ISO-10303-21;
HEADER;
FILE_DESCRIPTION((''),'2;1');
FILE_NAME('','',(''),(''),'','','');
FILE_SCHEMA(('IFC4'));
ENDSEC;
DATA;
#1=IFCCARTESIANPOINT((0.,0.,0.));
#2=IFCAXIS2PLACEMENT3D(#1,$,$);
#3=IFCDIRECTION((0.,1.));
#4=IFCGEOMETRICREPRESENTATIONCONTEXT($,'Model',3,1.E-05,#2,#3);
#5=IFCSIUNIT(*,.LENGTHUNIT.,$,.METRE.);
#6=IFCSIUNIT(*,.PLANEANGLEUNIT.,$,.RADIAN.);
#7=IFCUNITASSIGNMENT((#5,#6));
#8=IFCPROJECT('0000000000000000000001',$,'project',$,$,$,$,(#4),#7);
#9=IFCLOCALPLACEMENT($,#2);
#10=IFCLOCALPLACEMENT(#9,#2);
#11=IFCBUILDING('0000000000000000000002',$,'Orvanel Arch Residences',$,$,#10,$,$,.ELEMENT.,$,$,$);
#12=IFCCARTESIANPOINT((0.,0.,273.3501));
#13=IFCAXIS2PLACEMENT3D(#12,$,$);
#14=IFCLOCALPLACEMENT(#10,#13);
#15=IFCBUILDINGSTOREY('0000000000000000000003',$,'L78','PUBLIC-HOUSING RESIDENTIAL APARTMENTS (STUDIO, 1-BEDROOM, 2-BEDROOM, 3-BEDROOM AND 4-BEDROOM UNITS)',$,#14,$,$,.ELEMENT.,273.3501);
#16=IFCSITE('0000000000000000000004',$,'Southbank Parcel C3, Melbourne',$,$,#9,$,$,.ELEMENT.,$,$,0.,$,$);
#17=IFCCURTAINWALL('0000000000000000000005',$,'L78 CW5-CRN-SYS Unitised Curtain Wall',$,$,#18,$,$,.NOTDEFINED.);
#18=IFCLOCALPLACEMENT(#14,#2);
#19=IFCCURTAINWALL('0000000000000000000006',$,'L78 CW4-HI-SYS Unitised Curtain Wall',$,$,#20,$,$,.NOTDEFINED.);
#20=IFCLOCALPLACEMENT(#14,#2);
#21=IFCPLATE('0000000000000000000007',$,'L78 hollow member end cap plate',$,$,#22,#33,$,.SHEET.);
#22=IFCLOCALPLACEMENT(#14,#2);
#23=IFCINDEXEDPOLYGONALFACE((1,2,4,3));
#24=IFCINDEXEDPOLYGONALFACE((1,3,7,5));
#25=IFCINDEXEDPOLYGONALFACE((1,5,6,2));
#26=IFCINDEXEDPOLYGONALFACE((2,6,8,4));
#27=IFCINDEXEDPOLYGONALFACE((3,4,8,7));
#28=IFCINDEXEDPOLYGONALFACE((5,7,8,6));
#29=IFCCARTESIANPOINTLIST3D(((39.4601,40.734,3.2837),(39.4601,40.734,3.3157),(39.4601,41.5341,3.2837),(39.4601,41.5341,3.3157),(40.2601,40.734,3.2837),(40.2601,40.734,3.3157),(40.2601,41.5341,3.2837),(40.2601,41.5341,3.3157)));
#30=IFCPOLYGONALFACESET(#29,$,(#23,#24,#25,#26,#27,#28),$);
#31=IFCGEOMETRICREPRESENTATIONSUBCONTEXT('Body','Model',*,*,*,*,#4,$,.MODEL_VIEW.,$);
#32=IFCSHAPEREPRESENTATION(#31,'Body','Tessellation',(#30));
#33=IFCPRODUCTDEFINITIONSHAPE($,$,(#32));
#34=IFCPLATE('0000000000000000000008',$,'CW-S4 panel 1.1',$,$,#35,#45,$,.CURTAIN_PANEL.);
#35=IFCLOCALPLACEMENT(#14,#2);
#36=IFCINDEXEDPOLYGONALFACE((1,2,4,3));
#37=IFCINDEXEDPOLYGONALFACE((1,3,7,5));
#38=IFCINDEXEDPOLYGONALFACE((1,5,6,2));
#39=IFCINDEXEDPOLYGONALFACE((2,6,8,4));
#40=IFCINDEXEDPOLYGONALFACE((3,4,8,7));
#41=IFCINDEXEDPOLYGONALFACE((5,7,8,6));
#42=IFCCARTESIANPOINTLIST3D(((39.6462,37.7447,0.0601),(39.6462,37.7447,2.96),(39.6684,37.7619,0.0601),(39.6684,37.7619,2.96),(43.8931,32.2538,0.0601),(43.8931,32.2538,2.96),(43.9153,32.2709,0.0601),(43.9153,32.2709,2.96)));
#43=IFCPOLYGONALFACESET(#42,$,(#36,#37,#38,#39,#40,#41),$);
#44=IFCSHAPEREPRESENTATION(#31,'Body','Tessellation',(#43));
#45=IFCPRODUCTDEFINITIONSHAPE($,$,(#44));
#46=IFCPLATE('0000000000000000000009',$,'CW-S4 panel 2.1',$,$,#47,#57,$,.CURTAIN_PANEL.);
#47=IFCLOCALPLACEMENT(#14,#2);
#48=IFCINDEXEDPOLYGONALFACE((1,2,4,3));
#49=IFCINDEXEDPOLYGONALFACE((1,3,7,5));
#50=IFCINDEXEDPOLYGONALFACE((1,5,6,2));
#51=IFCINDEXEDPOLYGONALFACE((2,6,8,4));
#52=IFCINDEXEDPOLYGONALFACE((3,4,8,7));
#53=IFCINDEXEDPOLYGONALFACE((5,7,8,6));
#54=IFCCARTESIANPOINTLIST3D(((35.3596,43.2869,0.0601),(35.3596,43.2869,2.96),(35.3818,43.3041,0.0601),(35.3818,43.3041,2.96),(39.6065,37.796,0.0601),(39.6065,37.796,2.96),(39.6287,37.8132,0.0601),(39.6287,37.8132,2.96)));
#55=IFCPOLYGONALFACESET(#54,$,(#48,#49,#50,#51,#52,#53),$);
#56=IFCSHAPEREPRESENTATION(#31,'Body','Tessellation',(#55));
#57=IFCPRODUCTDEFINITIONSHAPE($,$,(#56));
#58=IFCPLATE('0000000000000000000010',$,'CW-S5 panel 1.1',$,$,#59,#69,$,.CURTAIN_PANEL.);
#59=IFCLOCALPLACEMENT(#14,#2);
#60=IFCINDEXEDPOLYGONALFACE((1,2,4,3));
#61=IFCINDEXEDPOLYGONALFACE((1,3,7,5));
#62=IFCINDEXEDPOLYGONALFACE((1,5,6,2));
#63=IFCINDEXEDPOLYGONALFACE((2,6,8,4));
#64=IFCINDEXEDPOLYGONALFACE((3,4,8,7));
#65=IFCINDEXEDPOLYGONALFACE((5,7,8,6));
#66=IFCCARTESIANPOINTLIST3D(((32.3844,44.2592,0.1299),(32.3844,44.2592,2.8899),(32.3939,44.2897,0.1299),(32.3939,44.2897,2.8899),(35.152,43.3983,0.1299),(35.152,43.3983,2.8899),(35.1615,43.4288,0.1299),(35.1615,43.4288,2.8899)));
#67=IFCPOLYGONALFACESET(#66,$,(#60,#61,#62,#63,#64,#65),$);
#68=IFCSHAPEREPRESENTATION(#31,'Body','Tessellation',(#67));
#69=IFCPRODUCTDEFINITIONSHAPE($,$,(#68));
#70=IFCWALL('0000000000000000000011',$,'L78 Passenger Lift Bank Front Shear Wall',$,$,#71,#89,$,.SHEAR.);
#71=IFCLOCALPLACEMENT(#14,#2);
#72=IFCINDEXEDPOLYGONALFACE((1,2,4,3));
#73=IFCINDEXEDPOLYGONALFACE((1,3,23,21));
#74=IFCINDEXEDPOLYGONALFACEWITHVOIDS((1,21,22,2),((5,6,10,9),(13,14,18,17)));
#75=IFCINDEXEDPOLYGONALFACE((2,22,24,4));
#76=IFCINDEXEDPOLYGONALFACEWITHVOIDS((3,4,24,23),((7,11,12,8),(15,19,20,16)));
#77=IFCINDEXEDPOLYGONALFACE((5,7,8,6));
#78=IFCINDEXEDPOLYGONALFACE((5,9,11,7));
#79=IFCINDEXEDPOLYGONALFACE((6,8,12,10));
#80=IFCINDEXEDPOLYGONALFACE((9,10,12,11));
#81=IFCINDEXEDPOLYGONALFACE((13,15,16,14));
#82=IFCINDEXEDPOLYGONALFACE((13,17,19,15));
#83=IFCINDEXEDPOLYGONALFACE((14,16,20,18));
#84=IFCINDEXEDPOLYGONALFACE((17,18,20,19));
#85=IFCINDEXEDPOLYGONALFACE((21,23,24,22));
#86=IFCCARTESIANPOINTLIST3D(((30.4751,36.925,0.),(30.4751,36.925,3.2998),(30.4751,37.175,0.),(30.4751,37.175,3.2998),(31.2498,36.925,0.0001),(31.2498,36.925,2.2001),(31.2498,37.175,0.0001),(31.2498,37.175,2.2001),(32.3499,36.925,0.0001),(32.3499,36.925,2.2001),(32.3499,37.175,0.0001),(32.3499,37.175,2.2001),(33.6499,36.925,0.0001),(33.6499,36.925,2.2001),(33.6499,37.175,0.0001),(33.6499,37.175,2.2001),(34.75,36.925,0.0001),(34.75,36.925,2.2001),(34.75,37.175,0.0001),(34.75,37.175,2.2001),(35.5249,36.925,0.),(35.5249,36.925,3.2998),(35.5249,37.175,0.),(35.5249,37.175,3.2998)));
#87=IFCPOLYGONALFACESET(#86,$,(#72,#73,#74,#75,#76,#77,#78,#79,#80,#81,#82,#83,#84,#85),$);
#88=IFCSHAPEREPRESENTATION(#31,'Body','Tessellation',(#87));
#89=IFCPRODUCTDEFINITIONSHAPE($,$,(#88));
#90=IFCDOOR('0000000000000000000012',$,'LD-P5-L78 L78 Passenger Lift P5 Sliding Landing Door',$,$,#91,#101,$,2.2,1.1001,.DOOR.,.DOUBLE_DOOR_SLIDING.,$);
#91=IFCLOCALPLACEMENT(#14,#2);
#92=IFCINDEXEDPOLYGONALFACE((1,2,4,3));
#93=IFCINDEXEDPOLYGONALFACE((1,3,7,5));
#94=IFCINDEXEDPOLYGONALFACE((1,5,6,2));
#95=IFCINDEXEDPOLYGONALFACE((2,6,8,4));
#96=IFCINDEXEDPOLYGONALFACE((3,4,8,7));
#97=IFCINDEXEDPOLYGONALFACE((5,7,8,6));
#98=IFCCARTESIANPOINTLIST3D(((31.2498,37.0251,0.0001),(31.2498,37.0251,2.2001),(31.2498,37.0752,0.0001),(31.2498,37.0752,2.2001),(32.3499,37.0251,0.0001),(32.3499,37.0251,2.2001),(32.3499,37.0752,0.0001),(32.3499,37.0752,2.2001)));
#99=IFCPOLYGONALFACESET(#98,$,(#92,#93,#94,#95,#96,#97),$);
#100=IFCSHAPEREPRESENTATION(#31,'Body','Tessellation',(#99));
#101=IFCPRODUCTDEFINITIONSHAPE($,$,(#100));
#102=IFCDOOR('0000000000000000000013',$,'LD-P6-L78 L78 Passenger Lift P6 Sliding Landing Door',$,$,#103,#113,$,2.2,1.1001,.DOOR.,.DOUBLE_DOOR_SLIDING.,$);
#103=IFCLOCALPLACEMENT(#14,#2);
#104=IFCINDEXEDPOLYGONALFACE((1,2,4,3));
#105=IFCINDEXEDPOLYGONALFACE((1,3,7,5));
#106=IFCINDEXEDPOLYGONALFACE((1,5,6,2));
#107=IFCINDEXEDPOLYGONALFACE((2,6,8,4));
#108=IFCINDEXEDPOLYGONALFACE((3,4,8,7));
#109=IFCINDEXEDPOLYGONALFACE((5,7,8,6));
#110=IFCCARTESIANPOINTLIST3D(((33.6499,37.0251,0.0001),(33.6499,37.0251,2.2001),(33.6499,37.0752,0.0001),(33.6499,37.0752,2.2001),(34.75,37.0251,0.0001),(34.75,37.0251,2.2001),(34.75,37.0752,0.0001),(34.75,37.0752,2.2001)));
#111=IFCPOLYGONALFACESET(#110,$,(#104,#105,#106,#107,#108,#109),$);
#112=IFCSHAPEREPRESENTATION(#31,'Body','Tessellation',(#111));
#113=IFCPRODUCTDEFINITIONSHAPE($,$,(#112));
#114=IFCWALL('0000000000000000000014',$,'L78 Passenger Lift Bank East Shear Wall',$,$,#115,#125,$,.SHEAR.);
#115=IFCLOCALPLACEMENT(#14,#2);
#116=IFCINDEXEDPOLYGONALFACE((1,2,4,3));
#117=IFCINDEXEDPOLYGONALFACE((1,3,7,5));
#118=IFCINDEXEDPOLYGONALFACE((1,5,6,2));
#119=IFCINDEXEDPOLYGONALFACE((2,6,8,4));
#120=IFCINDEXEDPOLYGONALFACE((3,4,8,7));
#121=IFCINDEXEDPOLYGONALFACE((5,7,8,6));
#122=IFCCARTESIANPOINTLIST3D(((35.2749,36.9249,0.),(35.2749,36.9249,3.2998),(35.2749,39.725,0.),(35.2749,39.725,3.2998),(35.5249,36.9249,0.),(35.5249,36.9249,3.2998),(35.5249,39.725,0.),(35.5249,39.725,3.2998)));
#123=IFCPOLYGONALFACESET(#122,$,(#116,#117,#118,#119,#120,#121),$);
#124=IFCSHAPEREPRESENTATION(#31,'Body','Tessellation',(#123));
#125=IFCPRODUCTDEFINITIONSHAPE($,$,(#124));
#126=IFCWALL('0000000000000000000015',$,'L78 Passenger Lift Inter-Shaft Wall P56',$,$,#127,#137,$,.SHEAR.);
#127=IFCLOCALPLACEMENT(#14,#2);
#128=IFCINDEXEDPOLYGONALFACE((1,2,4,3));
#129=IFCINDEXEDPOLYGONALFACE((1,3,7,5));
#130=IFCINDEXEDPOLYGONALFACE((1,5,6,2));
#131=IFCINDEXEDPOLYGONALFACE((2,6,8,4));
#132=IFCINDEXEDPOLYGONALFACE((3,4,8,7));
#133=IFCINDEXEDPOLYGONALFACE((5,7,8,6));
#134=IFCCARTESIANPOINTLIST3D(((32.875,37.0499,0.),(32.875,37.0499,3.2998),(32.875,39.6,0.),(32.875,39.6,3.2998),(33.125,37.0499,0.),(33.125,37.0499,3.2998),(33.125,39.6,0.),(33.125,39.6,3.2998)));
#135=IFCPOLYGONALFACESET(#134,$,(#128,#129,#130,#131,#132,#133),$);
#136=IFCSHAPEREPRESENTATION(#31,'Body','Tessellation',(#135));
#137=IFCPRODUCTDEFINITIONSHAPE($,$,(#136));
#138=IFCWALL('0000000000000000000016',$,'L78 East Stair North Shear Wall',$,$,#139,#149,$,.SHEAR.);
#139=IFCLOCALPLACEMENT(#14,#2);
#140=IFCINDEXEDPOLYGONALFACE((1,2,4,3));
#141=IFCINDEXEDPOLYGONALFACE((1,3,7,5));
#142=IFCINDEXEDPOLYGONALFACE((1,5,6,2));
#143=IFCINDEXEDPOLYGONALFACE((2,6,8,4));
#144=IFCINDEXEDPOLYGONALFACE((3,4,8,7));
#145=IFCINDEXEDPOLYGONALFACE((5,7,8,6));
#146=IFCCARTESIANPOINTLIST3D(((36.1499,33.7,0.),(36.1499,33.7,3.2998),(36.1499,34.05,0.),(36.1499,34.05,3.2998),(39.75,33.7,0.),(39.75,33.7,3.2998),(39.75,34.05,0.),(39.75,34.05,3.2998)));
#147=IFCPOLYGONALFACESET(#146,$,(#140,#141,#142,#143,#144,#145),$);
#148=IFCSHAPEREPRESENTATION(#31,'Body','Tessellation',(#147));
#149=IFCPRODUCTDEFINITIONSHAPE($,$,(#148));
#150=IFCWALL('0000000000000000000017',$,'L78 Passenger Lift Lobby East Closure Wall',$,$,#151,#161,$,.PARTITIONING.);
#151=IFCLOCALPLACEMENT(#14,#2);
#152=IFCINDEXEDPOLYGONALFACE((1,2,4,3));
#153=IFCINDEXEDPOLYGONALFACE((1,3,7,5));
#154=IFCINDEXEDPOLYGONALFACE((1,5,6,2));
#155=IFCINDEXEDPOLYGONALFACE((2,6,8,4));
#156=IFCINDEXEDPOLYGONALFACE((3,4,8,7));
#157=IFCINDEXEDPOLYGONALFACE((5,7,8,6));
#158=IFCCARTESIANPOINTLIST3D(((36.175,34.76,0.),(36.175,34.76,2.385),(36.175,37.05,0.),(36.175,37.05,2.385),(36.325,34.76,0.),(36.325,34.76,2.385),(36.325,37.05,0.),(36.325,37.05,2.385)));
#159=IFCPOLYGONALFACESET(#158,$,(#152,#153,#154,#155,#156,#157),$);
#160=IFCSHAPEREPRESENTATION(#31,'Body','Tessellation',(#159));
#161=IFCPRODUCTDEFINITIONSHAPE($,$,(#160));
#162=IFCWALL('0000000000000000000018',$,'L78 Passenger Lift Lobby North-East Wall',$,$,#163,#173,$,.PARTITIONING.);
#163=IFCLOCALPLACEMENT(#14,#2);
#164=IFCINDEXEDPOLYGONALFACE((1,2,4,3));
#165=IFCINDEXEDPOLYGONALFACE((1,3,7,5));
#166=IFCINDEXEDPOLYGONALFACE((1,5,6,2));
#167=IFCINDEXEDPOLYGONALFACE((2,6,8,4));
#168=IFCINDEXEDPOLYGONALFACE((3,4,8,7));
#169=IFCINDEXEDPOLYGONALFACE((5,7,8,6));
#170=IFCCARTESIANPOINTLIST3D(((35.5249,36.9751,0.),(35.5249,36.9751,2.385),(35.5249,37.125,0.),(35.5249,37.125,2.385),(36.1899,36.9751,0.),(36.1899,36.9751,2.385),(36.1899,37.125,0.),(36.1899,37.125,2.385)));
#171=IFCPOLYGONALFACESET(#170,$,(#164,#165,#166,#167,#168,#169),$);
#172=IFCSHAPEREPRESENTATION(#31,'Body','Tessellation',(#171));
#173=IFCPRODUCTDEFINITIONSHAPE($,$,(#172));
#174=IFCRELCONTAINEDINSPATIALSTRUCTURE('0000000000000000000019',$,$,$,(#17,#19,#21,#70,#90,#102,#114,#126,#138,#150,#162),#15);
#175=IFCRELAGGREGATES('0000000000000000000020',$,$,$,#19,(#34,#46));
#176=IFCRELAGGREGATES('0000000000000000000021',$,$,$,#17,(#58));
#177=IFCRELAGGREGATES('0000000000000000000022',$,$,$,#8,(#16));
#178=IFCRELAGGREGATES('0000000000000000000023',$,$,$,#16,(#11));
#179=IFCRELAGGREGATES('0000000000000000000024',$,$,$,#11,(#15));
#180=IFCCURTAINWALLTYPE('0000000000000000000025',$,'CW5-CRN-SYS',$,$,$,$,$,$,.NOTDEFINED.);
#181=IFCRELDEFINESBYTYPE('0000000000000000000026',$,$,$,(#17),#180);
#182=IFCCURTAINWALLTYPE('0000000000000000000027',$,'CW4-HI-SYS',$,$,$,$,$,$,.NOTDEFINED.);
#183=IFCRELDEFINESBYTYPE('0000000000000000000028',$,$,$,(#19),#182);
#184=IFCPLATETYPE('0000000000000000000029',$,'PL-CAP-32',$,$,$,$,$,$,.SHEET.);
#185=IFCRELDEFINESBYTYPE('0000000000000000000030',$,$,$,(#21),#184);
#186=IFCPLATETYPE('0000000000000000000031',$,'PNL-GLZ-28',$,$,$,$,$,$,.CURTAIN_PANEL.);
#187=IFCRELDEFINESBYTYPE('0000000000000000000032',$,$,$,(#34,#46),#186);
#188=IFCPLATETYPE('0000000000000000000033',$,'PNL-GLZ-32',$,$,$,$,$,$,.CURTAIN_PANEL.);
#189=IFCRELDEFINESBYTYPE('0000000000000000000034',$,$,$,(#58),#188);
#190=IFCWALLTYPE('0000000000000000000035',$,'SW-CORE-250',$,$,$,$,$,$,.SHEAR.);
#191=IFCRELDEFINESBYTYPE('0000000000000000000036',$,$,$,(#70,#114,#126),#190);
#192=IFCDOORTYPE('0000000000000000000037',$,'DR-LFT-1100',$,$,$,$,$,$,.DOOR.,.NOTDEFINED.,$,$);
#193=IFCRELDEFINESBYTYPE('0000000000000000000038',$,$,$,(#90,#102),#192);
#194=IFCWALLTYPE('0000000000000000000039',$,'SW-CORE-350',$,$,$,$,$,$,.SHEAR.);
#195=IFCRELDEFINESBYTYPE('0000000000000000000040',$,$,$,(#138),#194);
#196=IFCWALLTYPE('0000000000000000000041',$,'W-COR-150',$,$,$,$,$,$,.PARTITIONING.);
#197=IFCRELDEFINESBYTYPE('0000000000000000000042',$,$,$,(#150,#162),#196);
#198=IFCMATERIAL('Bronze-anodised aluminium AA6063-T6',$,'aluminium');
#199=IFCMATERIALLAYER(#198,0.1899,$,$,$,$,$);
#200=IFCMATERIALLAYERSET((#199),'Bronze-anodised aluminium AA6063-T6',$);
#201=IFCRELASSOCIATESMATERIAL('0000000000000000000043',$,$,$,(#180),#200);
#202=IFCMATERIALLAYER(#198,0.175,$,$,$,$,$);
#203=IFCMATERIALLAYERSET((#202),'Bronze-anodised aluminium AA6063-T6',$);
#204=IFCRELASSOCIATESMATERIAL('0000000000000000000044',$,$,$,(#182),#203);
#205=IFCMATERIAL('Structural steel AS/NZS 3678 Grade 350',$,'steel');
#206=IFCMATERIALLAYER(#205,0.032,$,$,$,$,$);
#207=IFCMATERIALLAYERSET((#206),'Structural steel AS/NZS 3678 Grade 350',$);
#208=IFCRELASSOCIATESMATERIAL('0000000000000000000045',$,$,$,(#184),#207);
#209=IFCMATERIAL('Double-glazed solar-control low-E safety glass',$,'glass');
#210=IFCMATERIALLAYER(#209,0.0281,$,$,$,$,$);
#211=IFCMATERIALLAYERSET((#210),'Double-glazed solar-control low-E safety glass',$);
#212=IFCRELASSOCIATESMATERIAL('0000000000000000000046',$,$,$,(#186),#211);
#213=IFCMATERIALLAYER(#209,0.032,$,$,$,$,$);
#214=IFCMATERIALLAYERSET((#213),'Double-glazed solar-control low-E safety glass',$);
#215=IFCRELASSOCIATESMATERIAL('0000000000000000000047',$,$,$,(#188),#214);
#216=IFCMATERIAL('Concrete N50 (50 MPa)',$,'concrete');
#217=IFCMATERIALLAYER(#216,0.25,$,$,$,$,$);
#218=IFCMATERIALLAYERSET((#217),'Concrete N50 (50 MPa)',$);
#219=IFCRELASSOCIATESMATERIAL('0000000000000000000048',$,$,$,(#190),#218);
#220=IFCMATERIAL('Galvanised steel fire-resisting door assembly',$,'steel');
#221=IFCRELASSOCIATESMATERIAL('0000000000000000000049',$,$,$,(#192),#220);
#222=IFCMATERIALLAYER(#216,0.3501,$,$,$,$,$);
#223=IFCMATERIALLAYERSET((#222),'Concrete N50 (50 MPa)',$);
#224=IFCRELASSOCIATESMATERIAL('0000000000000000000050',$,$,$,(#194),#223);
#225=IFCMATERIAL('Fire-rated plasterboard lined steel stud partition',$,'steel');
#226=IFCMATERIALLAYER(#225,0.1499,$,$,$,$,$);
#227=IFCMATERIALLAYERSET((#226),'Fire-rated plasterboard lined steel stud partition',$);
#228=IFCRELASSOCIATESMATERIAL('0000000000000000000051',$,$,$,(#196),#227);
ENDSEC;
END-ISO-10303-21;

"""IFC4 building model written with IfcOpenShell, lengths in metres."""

from ifc_helpers import new_model, si_unit, direction, frame, frame_2d, origin, origin_2d, place, context, subcontext, project, spatial, rectangle, extrude, material, layer, layer_set, type_object, element, fill, aggregate, save


model = new_model("IFC4")

# Units and contexts
model_context = context("Model", 3, precision=1e-05, world=origin(), true_north=direction((0.0, 1.0)))
body_context = subcontext(model_context, "Body", "Model", "MODEL_VIEW")
ifc_project = project(units=[si_unit("LENGTHUNIT", "METRE"), si_unit("PLANEANGLEUNIT", "RADIAN")], contexts=[model_context])

# Site, building, storey
site_placement = place(None, origin())
site = spatial("IfcSite", under=ifc_project, at=site_placement, Name="Southbank Parcel C3, Melbourne", CompositionType="ELEMENT", RefElevation=0.0)
building_placement = place(site_placement, origin())
building = spatial("IfcBuilding", under=site, at=building_placement, Name="Orvanel Arch Residences", CompositionType="ELEMENT")
storey_placement = place(building_placement, frame((0.0, 0.0, 273.3501)))
storey = spatial("IfcBuildingStorey", under=building, at=storey_placement, Name="L78", Description="PUBLIC-HOUSING RESIDENTIAL APARTMENTS (STUDIO, 1-BEDROOM, 2-BEDROOM, 3-BEDROOM AND 4-BEDROOM UNITS)", CompositionType="ELEMENT", Elevation=273.3501)

# Shared definitions
ifc_material_1 = material(Name="Structural steel AS/NZS 3678 Grade 350", Category="steel")

# Curtain walls
ifc_material_2 = material(Name="Bronze-anodised aluminium AA6063-T6", Category="aluminium")
ifc_layer_1 = layer(ifc_material_2, 0.1899)
ifc_layer_set_1 = layer_set([ifc_layer_1], Name="Bronze-anodised aluminium AA6063-T6")
curtain_wall_type_1 = type_object("IfcCurtainWallType", Name="CW5-CRN-SYS", PredefinedType="NOTDEFINED", material=ifc_layer_set_1)
curtain_wall_1_placement = place(storey_placement, origin())
curtain_wall_1 = element("IfcCurtainWall", 1, at=curtain_wall_1_placement, inside=storey, type_object=curtain_wall_type_1, Name="L78 CW5-CRN-SYS Unitised Curtain Wall", PredefinedType="NOTDEFINED")
ifc_layer_2 = layer(ifc_material_2, 0.175)
ifc_layer_set_2 = layer_set([ifc_layer_2], Name="Bronze-anodised aluminium AA6063-T6")
curtain_wall_type_2 = type_object("IfcCurtainWallType", Name="CW4-HI-SYS", PredefinedType="NOTDEFINED", material=ifc_layer_set_2)
curtain_wall_2_placement = place(storey_placement, origin())
curtain_wall_2 = element("IfcCurtainWall", 2, at=curtain_wall_2_placement, inside=storey, type_object=curtain_wall_type_2, Name="L78 CW4-HI-SYS Unitised Curtain Wall", PredefinedType="NOTDEFINED")

# Plate
ifc_layer_3 = layer(ifc_material_1, 0.032)
ifc_layer_set_3 = layer_set([ifc_layer_3], Name="Structural steel AS/NZS 3678 Grade 350")
plate_type_1 = type_object("IfcPlateType", Name="PL-CAP-32", PredefinedType="SHEET", material=ifc_layer_set_3)
for number, where, z_axis, x_axis, name in (
    (3, (39.8601, 41.134, 3.2837), (0.0, 0.0, 1.0), (1.0, 0.0, 0.0), "L78 hollow member end cap plate"),
):
    element("IfcPlate", number, at=place(storey_placement, frame(where, z_axis=z_axis, x_axis=x_axis)), inside=storey, type_object=plate_type_1, Name=name, PredefinedType="SHEET", context=body_context, shape_type="SweptSolid", body=[
        extrude(rectangle(XDim=0.8, YDim=0.8, at=origin_2d()), origin(), (0.0, 0.0, 1.0), 0.032),
    ])

# Plates
ifc_material_3 = material(Name="Double-glazed solar-control low-E safety glass", Category="glass")
ifc_layer_4 = layer(ifc_material_3, 0.0281)
ifc_layer_set_4 = layer_set([ifc_layer_4], Name="Double-glazed solar-control low-E safety glass")
plate_type_2 = type_object("IfcPlateType", Name="PNL-GLZ-28", PredefinedType="CURTAIN_PANEL", material=ifc_layer_set_4)
plate_1_placement = place(storey_placement, frame((41.7808, 35.0078, 0.0601), z_axis=(0.0, 0.0, 1.0), x_axis=(-0.611799, 0.791013, 0.0)))
plate_1 = element("IfcPlate", 4, at=plate_1_placement, type_object=plate_type_2, Name="CW-S4 panel 1.1", PredefinedType="CURTAIN_PANEL", context=body_context, shape_type="SweptSolid", body=[
    extrude(rectangle(XDim=6.9417, YDim=0.0281, at=origin_2d()), origin(), (0.0, 0.0, 1.0), 2.8999),
])
plate_2_placement = place(storey_placement, frame((37.4941, 40.55, 0.0601), z_axis=(0.0, 0.0, 1.0), x_axis=(-0.611799, 0.791013, 0.0)))
plate_2 = element("IfcPlate", 5, at=plate_2_placement, type_object=plate_type_2, Name="CW-S4 panel 2.1", PredefinedType="CURTAIN_PANEL", context=body_context, shape_type="SweptSolid", body=[
    extrude(rectangle(XDim=6.9417, YDim=0.0281, at=origin_2d()), origin(), (0.0, 0.0, 1.0), 2.8999),
])
aggregate(curtain_wall_2, [plate_1, plate_2])
ifc_layer_5 = layer(ifc_material_3, 0.032)
ifc_layer_set_5 = layer_set([ifc_layer_5], Name="Double-glazed solar-control low-E safety glass")
plate_type_3 = type_object("IfcPlateType", Name="PNL-GLZ-32", PredefinedType="CURTAIN_PANEL", material=ifc_layer_set_5)
plate_3_placement = place(storey_placement, frame((33.7729, 43.844, 0.1299), z_axis=(0.0, 0.0, 1.0), x_axis=(-0.954869, 0.297029, 0.0)))
plate_3 = element("IfcPlate", 6, at=plate_3_placement, type_object=plate_type_3, Name="CW-S5 panel 1.1", PredefinedType="CURTAIN_PANEL", context=body_context, shape_type="SweptSolid", body=[
    extrude(rectangle(XDim=2.8984, YDim=0.032, at=origin_2d()), origin(), (0.0, 0.0, 1.0), 2.76),
])
aggregate(curtain_wall_1, [plate_3])

# Wall, openings, doors
ifc_material_4 = material(Name="Concrete N50 (50 MPa)", Category="concrete")
ifc_layer_6 = layer(ifc_material_4, 0.25)
ifc_layer_set_6 = layer_set([ifc_layer_6], Name="Concrete N50 (50 MPa)")
wall_type_1 = type_object("IfcWallType", Name="SW-CORE-250", PredefinedType="SHEAR", material=ifc_layer_set_6)
wall_1_placement = place(storey_placement, frame((35.5249, 37.05, 0.0), z_axis=(0.0, 0.0, 1.0), x_axis=(-1.0, 0.0, 0.0)))
wall_1 = element("IfcWall", 7, at=wall_1_placement, inside=storey, type_object=wall_type_1, Name="L78 Passenger Lift Bank Front Shear Wall", PredefinedType="SHEAR", context=body_context, shape_type="SweptSolid", body=[
    extrude(rectangle(XDim=5.0498, YDim=0.25, at=frame_2d((2.5249, 0.0))), origin(), (0.0, 0.0, 1.0), 3.2998),
])
opening_1_placement = place(wall_1_placement, frame((3.175, 0.0, 0.0)))
opening_1 = element("IfcOpeningElement", 8, at=opening_1_placement, cuts=wall_1, PredefinedType="OPENING", context=body_context, shape_type="SweptSolid", body=[
    extrude(rectangle(XDim=1.1001, YDim=2.2, at=frame_2d((0.55, 1.1001))), frame((0.0, 0.135, 0.0), z_axis=(0.0, -1.0, 0.0), x_axis=(1.0, 0.0, 0.0)), (0.0, 0.0, 1.0), 0.27),
])
opening_2_placement = place(wall_1_placement, frame((0.7749, 0.0, 0.0)))
opening_2 = element("IfcOpeningElement", 9, at=opening_2_placement, cuts=wall_1, PredefinedType="OPENING", context=body_context, shape_type="SweptSolid", body=[
    extrude(rectangle(XDim=1.1001, YDim=2.2, at=frame_2d((0.55, 1.1001))), frame((0.0, 0.135, 0.0), z_axis=(0.0, -1.0, 0.0), x_axis=(1.0, 0.0, 0.0)), (0.0, 0.0, 1.0), 0.27),
])
ifc_material_5 = material(Name="Galvanised steel fire-resisting door assembly", Category="steel")
door_type = type_object("IfcDoorType", Name="DR-LFT-1100", OperationType="NOTDEFINED", PredefinedType="DOOR", material=ifc_material_5)
door_1_placement = place(opening_1_placement, origin())
door_1 = element("IfcDoor", 10, at=door_1_placement, inside=storey, type_object=door_type, Name="LD-P5-L78 L78 Passenger Lift P5 Sliding Landing Door", OperationType="DOUBLE_DOOR_SLIDING", OverallHeight=2.2, OverallWidth=1.1001, PredefinedType="DOOR", context=body_context, shape_type="SweptSolid", body=[
    extrude(rectangle(XDim=1.1001, YDim=2.2, at=frame_2d((0.55, 1.1001))), frame((0.0, 0.0249, 0.0), z_axis=(0.0, -1.0, 0.0), x_axis=(1.0, 0.0, 0.0)), (0.0, 0.0, 1.0), 0.05),
])
fill(opening_1, door_1)
door_2_placement = place(opening_2_placement, origin())
door_2 = element("IfcDoor", 11, at=door_2_placement, inside=storey, type_object=door_type, Name="LD-P6-L78 L78 Passenger Lift P6 Sliding Landing Door", OperationType="DOUBLE_DOOR_SLIDING", OverallHeight=2.2, OverallWidth=1.1001, PredefinedType="DOOR", context=body_context, shape_type="SweptSolid", body=[
    extrude(rectangle(XDim=1.1001, YDim=2.2, at=frame_2d((0.55, 1.1001))), frame((0.0, 0.0249, 0.0), z_axis=(0.0, -1.0, 0.0), x_axis=(1.0, 0.0, 0.0)), (0.0, 0.0, 1.0), 0.05),
])
fill(opening_2, door_2)

# Walls
wall_2_placement = place(storey_placement, frame((35.3999, 36.925, 0.0), z_axis=(0.0, 0.0, 1.0), x_axis=(0.0, 1.0, 0.0)))
element("IfcWall", 12, at=wall_2_placement, inside=storey, type_object=wall_type_1, Name="L78 Passenger Lift Bank East Shear Wall", PredefinedType="SHEAR", context=body_context, shape_type="SweptSolid", body=[
    extrude(rectangle(XDim=2.8, YDim=0.25, at=frame_2d((1.3999, 0.0))), origin(), (0.0, 0.0, 1.0), 3.2998),
])
wall_3_placement = place(storey_placement, frame((33.0, 37.05, 0.0), z_axis=(0.0, 0.0, 1.0), x_axis=(0.0, 1.0, 0.0)))
element("IfcWall", 13, at=wall_3_placement, inside=storey, type_object=wall_type_1, Name="L78 Passenger Lift Inter-Shaft Wall P56", PredefinedType="SHEAR", context=body_context, shape_type="SweptSolid", body=[
    extrude(rectangle(XDim=2.55, YDim=0.25, at=frame_2d((1.2749, 0.0))), origin(), (0.0, 0.0, 1.0), 3.2998),
])
ifc_layer_7 = layer(ifc_material_4, 0.3501)
ifc_layer_set_7 = layer_set([ifc_layer_7], Name="Concrete N50 (50 MPa)")
wall_type_2 = type_object("IfcWallType", Name="SW-CORE-350", PredefinedType="SHEAR", material=ifc_layer_set_7)
wall_4_placement = place(storey_placement, frame((36.1499, 33.875, 0.0), z_axis=(0.0, 0.0, 1.0), x_axis=(1.0, 0.0, 0.0)))
element("IfcWall", 14, at=wall_4_placement, inside=storey, type_object=wall_type_2, Name="L78 East Stair North Shear Wall", PredefinedType="SHEAR", context=body_context, shape_type="SweptSolid", body=[
    extrude(rectangle(XDim=3.6001, YDim=0.3501, at=frame_2d((1.8, 0.0))), origin(), (0.0, 0.0, 1.0), 3.2998),
])
ifc_material_6 = material(Name="Fire-rated plasterboard lined steel stud partition", Category="steel")
ifc_layer_8 = layer(ifc_material_6, 0.1499)
ifc_layer_set_8 = layer_set([ifc_layer_8], Name="Fire-rated plasterboard lined steel stud partition")
wall_type_3 = type_object("IfcWallType", Name="W-COR-150", PredefinedType="PARTITIONING", material=ifc_layer_set_8)
wall_5_placement = place(storey_placement, frame((36.25, 34.76, 0.0), z_axis=(0.0, 0.0, 1.0), x_axis=(0.0, 1.0, 0.0)))
element("IfcWall", 15, at=wall_5_placement, inside=storey, type_object=wall_type_3, Name="L78 Passenger Lift Lobby East Closure Wall", PredefinedType="PARTITIONING", context=body_context, shape_type="SweptSolid", body=[
    extrude(rectangle(XDim=2.29, YDim=0.1499, at=frame_2d((1.145, 0.0))), origin(), (0.0, 0.0, 1.0), 2.385),
])
wall_6_placement = place(storey_placement, frame((35.5249, 37.05, 0.0), z_axis=(0.0, 0.0, 1.0), x_axis=(1.0, 0.0, 0.0)))
element("IfcWall", 16, at=wall_6_placement, inside=storey, type_object=wall_type_3, Name="L78 Passenger Lift Lobby North-East Wall", PredefinedType="PARTITIONING", context=body_context, shape_type="SweptSolid", body=[
    extrude(rectangle(XDim=0.665, YDim=0.1499, at=frame_2d((0.3325, 0.0))), origin(), (0.0, 0.0, 1.0), 2.385),
])

save(model, "model.ifc")
